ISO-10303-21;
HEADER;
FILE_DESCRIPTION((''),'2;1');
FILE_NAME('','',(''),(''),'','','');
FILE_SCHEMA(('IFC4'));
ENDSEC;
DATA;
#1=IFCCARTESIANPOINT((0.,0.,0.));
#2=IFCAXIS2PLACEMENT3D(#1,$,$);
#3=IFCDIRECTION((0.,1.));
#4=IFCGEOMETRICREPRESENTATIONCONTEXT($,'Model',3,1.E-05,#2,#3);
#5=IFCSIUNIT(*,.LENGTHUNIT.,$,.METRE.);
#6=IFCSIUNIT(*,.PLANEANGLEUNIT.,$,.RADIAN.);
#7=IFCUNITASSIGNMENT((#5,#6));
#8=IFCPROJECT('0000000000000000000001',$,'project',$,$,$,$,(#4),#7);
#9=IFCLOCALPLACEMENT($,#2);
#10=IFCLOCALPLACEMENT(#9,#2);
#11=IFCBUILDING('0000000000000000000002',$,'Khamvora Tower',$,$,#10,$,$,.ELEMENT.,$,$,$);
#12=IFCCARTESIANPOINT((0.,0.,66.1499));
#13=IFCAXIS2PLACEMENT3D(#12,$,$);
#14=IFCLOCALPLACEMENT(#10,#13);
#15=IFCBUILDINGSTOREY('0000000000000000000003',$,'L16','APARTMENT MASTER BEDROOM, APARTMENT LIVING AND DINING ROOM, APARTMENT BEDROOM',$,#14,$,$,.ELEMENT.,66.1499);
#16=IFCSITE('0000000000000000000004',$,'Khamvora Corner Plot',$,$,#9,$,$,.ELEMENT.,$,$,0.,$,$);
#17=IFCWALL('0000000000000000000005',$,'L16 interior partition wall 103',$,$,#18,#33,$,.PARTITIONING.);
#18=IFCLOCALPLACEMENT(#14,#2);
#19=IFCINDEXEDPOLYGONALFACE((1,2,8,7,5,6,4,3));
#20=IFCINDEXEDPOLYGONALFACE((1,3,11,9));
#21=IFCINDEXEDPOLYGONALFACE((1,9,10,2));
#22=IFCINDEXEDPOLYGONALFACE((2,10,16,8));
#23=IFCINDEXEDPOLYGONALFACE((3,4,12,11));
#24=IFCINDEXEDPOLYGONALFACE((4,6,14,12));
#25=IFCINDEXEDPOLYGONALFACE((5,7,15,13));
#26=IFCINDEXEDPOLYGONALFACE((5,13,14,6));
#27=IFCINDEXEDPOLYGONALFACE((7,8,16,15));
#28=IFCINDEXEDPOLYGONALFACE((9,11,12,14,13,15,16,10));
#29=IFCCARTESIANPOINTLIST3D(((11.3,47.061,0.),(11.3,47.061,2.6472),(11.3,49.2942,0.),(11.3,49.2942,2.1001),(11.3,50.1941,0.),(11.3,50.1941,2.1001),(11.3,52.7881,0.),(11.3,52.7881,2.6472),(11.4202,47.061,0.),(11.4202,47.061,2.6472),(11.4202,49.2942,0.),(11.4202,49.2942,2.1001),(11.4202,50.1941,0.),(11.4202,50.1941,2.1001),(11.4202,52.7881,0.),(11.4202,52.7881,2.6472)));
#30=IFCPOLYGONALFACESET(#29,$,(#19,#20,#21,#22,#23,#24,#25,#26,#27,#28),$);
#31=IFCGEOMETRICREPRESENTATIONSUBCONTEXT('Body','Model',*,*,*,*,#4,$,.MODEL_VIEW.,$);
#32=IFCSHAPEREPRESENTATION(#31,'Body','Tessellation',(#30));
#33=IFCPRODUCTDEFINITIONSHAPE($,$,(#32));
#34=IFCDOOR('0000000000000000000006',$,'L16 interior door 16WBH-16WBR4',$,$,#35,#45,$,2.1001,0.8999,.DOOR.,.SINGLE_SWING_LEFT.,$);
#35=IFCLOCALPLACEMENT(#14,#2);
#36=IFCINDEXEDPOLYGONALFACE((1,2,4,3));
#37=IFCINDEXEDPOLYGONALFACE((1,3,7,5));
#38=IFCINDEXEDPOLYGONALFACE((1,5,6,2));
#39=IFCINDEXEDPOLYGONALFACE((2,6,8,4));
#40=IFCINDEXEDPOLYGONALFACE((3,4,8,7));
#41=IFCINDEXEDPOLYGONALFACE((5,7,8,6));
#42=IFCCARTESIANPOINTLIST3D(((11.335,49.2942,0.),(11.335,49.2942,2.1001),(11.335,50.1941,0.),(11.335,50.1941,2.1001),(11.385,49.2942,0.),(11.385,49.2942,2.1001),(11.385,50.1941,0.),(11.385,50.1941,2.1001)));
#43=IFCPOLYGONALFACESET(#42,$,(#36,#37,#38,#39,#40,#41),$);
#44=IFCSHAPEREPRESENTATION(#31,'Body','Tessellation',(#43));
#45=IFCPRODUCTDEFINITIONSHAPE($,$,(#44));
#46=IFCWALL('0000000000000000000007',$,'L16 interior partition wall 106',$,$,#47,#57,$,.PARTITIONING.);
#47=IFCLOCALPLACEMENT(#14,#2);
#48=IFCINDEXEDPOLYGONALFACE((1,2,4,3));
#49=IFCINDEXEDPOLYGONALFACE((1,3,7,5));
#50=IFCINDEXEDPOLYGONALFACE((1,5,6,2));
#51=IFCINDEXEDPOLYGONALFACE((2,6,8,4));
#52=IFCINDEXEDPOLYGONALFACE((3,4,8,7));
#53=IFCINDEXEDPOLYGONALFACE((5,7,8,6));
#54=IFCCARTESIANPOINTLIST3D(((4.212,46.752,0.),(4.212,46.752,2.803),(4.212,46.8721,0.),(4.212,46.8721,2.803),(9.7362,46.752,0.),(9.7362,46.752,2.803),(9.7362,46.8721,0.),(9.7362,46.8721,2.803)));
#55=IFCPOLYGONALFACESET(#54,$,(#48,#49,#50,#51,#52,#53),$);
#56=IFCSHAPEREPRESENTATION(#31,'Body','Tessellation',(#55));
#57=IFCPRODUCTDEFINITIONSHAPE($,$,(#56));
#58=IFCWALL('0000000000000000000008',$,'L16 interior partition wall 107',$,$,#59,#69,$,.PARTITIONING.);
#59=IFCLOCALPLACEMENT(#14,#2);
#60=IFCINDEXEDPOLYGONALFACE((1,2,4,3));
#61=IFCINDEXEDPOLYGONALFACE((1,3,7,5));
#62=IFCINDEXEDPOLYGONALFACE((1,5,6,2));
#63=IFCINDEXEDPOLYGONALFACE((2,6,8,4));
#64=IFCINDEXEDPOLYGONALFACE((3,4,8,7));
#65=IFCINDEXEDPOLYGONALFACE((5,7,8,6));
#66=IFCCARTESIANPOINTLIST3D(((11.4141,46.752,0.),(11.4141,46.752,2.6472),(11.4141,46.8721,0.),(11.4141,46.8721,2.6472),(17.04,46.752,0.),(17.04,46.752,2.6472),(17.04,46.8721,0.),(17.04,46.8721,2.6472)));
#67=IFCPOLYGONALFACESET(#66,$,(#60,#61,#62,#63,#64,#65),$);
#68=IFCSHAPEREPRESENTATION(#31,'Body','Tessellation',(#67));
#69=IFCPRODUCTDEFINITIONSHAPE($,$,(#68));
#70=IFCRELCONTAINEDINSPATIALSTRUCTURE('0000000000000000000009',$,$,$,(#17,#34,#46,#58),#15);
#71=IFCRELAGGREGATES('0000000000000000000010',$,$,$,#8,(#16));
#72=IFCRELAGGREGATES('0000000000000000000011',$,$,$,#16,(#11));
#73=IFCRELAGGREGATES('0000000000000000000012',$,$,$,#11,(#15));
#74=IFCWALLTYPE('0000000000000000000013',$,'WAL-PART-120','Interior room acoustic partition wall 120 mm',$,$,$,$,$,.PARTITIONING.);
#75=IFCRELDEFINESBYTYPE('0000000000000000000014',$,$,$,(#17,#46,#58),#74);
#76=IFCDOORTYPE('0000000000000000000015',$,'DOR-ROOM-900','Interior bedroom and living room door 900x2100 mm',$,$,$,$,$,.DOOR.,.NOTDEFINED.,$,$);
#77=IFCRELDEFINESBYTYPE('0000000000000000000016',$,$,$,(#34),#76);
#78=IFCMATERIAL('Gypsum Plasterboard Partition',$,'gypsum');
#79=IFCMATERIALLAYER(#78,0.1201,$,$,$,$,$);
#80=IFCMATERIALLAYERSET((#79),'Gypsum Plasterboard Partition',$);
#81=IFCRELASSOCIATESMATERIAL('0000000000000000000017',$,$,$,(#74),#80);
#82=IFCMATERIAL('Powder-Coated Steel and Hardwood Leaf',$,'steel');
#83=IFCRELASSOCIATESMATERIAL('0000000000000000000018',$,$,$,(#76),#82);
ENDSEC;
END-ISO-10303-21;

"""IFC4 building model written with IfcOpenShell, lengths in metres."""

from ifc_helpers import new_model, si_unit, direction, frame, frame_2d, origin, place, context, subcontext, project, spatial, rectangle, extrude, material, layer, layer_set, type_object, element, fill, save


model = new_model("IFC4")

# Units and contexts
model_context = context("Model", 3, precision=1e-05, world=origin(), true_north=direction((0.0, 1.0)))
body_context = subcontext(model_context, "Body", "Model", "MODEL_VIEW")
ifc_project = project(units=[si_unit("LENGTHUNIT", "METRE"), si_unit("PLANEANGLEUNIT", "RADIAN")], contexts=[model_context])

# Site, building, storey
site_placement = place(None, origin())
site = spatial("IfcSite", under=ifc_project, at=site_placement, Name="Khamvora Corner Plot", CompositionType="ELEMENT", RefElevation=0.0)
building_placement = place(site_placement, origin())
building = spatial("IfcBuilding", under=site, at=building_placement, Name="Khamvora Tower", CompositionType="ELEMENT")
storey_placement = place(building_placement, frame((0.0, 0.0, 66.1499)))
storey = spatial("IfcBuildingStorey", under=building, at=storey_placement, Name="L16", Description="APARTMENT MASTER BEDROOM, APARTMENT LIVING AND DINING ROOM, APARTMENT BEDROOM", CompositionType="ELEMENT", Elevation=66.1499)

# Shared definitions
ifc_material_1 = material(Name="Gypsum Plasterboard Partition", Category="gypsum")
ifc_layer_1 = layer(ifc_material_1, 0.1201)
ifc_layer_set_1 = layer_set([ifc_layer_1], Name="Gypsum Plasterboard Partition")
wall_type_1 = type_object("IfcWallType", Name="WAL-PART-120", Description="Interior room acoustic partition wall 120 mm", PredefinedType="PARTITIONING", material=ifc_layer_set_1)
ifc_material_2 = material(Name="Powder-Coated Steel and Hardwood Leaf", Category="steel")
door_type = type_object("IfcDoorType", Name="DOR-ROOM-900", Description="Interior bedroom and living room door 900x2100 mm", OperationType="NOTDEFINED", PredefinedType="DOOR", material=ifc_material_2)

# Wall, opening, door
wall_1_placement = place(storey_placement, frame((11.3601, 52.7881, 0.0), z_axis=(0.0, 0.0, 1.0), x_axis=(0.0, -1.0, 0.0)))
wall_1 = element("IfcWall", 1, at=wall_1_placement, inside=storey, type_object=wall_type_1, Name="L16 interior partition wall 103", PredefinedType="PARTITIONING", context=body_context, shape_type="SweptSolid", body=[
    extrude(rectangle(XDim=5.7271, YDim=0.1201, at=frame_2d((2.8635, 0.0))), origin(), (0.0, 0.0, 1.0), 2.6472),
])
opening_1_placement = place(wall_1_placement, frame((2.594, 0.0, 0.0)))
opening_1 = element("IfcOpeningElement", 2, at=opening_1_placement, cuts=wall_1, PredefinedType="OPENING", context=body_context, shape_type="SweptSolid", body=[
    extrude(rectangle(XDim=0.8999, YDim=2.1001, at=frame_2d((0.45, 1.05))), frame((0.0, 0.0701, 0.0), z_axis=(0.0, -1.0, 0.0), x_axis=(1.0, 0.0, 0.0)), (0.0, 0.0, 1.0), 0.1401),
])
door_1_placement = place(opening_1_placement, origin())
door_1 = element("IfcDoor", 3, at=door_1_placement, inside=storey, type_object=door_type, Name="L16 interior door 16WBH-16WBR4", OperationType="SINGLE_SWING_LEFT", OverallHeight=2.1001, OverallWidth=0.8999, PredefinedType="DOOR", context=body_context, shape_type="SweptSolid", body=[
    extrude(rectangle(XDim=0.8999, YDim=2.1001, at=frame_2d((0.45, 1.05))), frame((0.0, 0.0249, 0.0), z_axis=(0.0, -1.0, 0.0), x_axis=(1.0, 0.0, 0.0)), (0.0, 0.0, 1.0), 0.05),
])
fill(opening_1, door_1)

# Walls
wall_2_placement = place(storey_placement, frame((4.2119, 46.812, 0.0), z_axis=(0.0, 0.0, 1.0), x_axis=(1.0, 0.0, 0.0)))
element("IfcWall", 4, at=wall_2_placement, inside=storey, type_object=wall_type_1, Name="L16 interior partition wall 106", PredefinedType="PARTITIONING", context=body_context, shape_type="SweptSolid", body=[
    extrude(rectangle(XDim=5.5242, YDim=0.1201, at=frame_2d((2.7622, 0.0))), origin(), (0.0, 0.0, 1.0), 2.803),
])
wall_3_placement = place(storey_placement, frame((11.4141, 46.812, 0.0), z_axis=(0.0, 0.0, 1.0), x_axis=(1.0, 0.0, 0.0)))
element("IfcWall", 5, at=wall_3_placement, inside=storey, type_object=wall_type_1, Name="L16 interior partition wall 107", PredefinedType="PARTITIONING", context=body_context, shape_type="SweptSolid", body=[
    extrude(rectangle(XDim=5.626, YDim=0.1201, at=frame_2d((2.813, 0.0))), origin(), (0.0, 0.0, 1.0), 2.6472),
])

save(model, "model.ifc")
